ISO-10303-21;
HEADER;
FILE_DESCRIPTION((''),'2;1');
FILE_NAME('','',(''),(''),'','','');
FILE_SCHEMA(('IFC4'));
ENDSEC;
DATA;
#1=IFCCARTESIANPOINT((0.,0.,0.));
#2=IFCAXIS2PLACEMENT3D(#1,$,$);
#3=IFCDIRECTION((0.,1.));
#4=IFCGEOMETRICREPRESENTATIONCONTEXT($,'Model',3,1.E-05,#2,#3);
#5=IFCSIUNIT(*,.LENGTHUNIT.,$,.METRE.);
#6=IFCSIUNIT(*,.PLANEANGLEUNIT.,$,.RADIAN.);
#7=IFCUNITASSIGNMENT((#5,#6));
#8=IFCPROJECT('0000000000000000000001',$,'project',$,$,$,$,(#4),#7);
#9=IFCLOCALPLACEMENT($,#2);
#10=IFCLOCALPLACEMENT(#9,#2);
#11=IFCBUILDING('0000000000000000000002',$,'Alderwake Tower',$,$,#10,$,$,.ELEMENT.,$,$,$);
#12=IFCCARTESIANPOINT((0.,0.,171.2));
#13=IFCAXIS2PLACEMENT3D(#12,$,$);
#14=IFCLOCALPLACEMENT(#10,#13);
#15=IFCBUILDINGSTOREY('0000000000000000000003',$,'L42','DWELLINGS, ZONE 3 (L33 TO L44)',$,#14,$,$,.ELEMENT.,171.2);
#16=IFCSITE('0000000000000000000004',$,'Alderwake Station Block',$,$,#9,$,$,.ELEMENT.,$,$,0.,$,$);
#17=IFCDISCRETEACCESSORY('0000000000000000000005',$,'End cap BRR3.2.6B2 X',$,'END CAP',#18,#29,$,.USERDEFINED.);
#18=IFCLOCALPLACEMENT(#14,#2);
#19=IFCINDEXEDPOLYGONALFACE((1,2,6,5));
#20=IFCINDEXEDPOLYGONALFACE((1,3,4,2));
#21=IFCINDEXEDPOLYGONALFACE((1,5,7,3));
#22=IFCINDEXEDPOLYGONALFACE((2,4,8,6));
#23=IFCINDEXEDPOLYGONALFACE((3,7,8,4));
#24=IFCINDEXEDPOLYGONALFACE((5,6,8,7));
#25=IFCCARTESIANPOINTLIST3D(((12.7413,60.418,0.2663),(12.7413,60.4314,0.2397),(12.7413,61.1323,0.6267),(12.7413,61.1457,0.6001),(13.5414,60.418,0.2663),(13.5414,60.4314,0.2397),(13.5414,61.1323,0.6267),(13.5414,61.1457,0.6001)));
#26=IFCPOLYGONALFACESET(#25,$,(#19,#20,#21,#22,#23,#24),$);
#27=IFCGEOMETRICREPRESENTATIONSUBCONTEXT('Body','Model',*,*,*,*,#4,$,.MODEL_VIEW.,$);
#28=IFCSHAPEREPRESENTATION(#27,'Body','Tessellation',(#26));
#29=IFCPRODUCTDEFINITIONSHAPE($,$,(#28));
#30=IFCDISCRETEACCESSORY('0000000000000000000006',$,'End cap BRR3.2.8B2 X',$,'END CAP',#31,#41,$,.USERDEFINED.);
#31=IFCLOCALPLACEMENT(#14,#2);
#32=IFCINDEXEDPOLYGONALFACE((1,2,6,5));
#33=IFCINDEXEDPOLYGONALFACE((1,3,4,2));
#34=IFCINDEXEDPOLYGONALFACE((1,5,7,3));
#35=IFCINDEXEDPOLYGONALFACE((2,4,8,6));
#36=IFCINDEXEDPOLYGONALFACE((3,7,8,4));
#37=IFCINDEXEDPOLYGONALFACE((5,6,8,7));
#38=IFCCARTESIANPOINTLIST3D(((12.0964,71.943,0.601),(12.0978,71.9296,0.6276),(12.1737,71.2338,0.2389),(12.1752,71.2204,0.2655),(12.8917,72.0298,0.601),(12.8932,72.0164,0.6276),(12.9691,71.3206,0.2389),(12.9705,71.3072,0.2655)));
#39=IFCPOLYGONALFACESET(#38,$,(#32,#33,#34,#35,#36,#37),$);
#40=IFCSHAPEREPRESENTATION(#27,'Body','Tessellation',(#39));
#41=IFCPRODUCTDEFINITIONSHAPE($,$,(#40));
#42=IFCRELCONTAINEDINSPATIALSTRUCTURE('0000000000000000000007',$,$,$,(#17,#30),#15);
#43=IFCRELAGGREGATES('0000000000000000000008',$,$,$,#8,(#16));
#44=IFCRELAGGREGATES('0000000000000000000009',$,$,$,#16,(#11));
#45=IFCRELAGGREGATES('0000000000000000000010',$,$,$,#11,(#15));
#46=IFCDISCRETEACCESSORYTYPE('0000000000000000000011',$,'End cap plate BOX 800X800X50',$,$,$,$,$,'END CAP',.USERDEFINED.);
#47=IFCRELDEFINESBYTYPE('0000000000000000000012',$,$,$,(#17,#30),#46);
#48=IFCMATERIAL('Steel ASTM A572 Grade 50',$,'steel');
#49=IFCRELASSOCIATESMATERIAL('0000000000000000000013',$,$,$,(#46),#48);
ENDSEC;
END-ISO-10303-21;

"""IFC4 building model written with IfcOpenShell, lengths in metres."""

from ifc_helpers import new_model, si_unit, direction, frame, origin, origin_2d, place, context, subcontext, project, spatial, rectangle, extrude, material, material_profile, profile_set, type_object, element, save


model = new_model("IFC4")

# Units and contexts
model_context = context("Model", 3, precision=1e-05, world=origin(), true_north=direction((0.0, 1.0)))
body_context = subcontext(model_context, "Body", "Model", "MODEL_VIEW")
ifc_project = project(units=[si_unit("LENGTHUNIT", "METRE"), si_unit("PLANEANGLEUNIT", "RADIAN")], contexts=[model_context])

# Site, building, storey
site_placement = place(None, origin())
site = spatial("IfcSite", under=ifc_project, at=site_placement, Name="Alderwake Station Block", CompositionType="ELEMENT", RefElevation=0.0)
building_placement = place(site_placement, origin())
building = spatial("IfcBuilding", under=site, at=building_placement, Name="Alderwake Tower", CompositionType="ELEMENT")
storey_placement = place(building_placement, frame((0.0, 0.0, 171.2)))
storey = spatial("IfcBuildingStorey", under=building, at=storey_placement, Name="L42", Description="DWELLINGS, ZONE 3 (L33 TO L44)", CompositionType="ELEMENT", Elevation=171.2)

# Discrete accessories
ifc_material_1 = material(Name="Steel ASTM A572 Grade 50", Category="steel")
ifc_material_profile_1 = material_profile(ifc_material_1, rectangle(XDim=0.8, YDim=0.8, at=origin_2d()), Name="BOX 800X800X50 cap")
ifc_profile_set_1 = profile_set([ifc_material_profile_1], Name="Steel ASTM A572 Grade 50")
discrete_accessory_type = type_object("IfcDiscreteAccessoryType", Name="End cap plate BOX 800X800X50", ElementType="END CAP", PredefinedType="USERDEFINED", material=ifc_profile_set_1)
for number, where, z_axis, x_axis, name in (
    (1, (13.1414, 60.7751, 0.4465), (0.0, 0.450487, -0.892783), (-1.0, 0.0, 0.0), "End cap BRR3.2.6B2 X"),
    (2, (12.5342, 71.6184, 0.4465), (-0.049085, 0.449944, -0.891707), (-0.994102, -0.108448, 0.0), "End cap BRR3.2.8B2 X"),
):
    element("IfcDiscreteAccessory", number, at=place(storey_placement, frame(where, z_axis=z_axis, x_axis=x_axis)), inside=storey, type_object=discrete_accessory_type, Name=name, ObjectType="END CAP", PredefinedType="USERDEFINED", context=body_context, shape_type="SweptSolid", body=[
        extrude(rectangle(XDim=0.8, YDim=0.8, at=origin_2d()), origin(), (0.0, 0.0, 1.0), 0.0298),
    ])

save(model, "model.ifc")
